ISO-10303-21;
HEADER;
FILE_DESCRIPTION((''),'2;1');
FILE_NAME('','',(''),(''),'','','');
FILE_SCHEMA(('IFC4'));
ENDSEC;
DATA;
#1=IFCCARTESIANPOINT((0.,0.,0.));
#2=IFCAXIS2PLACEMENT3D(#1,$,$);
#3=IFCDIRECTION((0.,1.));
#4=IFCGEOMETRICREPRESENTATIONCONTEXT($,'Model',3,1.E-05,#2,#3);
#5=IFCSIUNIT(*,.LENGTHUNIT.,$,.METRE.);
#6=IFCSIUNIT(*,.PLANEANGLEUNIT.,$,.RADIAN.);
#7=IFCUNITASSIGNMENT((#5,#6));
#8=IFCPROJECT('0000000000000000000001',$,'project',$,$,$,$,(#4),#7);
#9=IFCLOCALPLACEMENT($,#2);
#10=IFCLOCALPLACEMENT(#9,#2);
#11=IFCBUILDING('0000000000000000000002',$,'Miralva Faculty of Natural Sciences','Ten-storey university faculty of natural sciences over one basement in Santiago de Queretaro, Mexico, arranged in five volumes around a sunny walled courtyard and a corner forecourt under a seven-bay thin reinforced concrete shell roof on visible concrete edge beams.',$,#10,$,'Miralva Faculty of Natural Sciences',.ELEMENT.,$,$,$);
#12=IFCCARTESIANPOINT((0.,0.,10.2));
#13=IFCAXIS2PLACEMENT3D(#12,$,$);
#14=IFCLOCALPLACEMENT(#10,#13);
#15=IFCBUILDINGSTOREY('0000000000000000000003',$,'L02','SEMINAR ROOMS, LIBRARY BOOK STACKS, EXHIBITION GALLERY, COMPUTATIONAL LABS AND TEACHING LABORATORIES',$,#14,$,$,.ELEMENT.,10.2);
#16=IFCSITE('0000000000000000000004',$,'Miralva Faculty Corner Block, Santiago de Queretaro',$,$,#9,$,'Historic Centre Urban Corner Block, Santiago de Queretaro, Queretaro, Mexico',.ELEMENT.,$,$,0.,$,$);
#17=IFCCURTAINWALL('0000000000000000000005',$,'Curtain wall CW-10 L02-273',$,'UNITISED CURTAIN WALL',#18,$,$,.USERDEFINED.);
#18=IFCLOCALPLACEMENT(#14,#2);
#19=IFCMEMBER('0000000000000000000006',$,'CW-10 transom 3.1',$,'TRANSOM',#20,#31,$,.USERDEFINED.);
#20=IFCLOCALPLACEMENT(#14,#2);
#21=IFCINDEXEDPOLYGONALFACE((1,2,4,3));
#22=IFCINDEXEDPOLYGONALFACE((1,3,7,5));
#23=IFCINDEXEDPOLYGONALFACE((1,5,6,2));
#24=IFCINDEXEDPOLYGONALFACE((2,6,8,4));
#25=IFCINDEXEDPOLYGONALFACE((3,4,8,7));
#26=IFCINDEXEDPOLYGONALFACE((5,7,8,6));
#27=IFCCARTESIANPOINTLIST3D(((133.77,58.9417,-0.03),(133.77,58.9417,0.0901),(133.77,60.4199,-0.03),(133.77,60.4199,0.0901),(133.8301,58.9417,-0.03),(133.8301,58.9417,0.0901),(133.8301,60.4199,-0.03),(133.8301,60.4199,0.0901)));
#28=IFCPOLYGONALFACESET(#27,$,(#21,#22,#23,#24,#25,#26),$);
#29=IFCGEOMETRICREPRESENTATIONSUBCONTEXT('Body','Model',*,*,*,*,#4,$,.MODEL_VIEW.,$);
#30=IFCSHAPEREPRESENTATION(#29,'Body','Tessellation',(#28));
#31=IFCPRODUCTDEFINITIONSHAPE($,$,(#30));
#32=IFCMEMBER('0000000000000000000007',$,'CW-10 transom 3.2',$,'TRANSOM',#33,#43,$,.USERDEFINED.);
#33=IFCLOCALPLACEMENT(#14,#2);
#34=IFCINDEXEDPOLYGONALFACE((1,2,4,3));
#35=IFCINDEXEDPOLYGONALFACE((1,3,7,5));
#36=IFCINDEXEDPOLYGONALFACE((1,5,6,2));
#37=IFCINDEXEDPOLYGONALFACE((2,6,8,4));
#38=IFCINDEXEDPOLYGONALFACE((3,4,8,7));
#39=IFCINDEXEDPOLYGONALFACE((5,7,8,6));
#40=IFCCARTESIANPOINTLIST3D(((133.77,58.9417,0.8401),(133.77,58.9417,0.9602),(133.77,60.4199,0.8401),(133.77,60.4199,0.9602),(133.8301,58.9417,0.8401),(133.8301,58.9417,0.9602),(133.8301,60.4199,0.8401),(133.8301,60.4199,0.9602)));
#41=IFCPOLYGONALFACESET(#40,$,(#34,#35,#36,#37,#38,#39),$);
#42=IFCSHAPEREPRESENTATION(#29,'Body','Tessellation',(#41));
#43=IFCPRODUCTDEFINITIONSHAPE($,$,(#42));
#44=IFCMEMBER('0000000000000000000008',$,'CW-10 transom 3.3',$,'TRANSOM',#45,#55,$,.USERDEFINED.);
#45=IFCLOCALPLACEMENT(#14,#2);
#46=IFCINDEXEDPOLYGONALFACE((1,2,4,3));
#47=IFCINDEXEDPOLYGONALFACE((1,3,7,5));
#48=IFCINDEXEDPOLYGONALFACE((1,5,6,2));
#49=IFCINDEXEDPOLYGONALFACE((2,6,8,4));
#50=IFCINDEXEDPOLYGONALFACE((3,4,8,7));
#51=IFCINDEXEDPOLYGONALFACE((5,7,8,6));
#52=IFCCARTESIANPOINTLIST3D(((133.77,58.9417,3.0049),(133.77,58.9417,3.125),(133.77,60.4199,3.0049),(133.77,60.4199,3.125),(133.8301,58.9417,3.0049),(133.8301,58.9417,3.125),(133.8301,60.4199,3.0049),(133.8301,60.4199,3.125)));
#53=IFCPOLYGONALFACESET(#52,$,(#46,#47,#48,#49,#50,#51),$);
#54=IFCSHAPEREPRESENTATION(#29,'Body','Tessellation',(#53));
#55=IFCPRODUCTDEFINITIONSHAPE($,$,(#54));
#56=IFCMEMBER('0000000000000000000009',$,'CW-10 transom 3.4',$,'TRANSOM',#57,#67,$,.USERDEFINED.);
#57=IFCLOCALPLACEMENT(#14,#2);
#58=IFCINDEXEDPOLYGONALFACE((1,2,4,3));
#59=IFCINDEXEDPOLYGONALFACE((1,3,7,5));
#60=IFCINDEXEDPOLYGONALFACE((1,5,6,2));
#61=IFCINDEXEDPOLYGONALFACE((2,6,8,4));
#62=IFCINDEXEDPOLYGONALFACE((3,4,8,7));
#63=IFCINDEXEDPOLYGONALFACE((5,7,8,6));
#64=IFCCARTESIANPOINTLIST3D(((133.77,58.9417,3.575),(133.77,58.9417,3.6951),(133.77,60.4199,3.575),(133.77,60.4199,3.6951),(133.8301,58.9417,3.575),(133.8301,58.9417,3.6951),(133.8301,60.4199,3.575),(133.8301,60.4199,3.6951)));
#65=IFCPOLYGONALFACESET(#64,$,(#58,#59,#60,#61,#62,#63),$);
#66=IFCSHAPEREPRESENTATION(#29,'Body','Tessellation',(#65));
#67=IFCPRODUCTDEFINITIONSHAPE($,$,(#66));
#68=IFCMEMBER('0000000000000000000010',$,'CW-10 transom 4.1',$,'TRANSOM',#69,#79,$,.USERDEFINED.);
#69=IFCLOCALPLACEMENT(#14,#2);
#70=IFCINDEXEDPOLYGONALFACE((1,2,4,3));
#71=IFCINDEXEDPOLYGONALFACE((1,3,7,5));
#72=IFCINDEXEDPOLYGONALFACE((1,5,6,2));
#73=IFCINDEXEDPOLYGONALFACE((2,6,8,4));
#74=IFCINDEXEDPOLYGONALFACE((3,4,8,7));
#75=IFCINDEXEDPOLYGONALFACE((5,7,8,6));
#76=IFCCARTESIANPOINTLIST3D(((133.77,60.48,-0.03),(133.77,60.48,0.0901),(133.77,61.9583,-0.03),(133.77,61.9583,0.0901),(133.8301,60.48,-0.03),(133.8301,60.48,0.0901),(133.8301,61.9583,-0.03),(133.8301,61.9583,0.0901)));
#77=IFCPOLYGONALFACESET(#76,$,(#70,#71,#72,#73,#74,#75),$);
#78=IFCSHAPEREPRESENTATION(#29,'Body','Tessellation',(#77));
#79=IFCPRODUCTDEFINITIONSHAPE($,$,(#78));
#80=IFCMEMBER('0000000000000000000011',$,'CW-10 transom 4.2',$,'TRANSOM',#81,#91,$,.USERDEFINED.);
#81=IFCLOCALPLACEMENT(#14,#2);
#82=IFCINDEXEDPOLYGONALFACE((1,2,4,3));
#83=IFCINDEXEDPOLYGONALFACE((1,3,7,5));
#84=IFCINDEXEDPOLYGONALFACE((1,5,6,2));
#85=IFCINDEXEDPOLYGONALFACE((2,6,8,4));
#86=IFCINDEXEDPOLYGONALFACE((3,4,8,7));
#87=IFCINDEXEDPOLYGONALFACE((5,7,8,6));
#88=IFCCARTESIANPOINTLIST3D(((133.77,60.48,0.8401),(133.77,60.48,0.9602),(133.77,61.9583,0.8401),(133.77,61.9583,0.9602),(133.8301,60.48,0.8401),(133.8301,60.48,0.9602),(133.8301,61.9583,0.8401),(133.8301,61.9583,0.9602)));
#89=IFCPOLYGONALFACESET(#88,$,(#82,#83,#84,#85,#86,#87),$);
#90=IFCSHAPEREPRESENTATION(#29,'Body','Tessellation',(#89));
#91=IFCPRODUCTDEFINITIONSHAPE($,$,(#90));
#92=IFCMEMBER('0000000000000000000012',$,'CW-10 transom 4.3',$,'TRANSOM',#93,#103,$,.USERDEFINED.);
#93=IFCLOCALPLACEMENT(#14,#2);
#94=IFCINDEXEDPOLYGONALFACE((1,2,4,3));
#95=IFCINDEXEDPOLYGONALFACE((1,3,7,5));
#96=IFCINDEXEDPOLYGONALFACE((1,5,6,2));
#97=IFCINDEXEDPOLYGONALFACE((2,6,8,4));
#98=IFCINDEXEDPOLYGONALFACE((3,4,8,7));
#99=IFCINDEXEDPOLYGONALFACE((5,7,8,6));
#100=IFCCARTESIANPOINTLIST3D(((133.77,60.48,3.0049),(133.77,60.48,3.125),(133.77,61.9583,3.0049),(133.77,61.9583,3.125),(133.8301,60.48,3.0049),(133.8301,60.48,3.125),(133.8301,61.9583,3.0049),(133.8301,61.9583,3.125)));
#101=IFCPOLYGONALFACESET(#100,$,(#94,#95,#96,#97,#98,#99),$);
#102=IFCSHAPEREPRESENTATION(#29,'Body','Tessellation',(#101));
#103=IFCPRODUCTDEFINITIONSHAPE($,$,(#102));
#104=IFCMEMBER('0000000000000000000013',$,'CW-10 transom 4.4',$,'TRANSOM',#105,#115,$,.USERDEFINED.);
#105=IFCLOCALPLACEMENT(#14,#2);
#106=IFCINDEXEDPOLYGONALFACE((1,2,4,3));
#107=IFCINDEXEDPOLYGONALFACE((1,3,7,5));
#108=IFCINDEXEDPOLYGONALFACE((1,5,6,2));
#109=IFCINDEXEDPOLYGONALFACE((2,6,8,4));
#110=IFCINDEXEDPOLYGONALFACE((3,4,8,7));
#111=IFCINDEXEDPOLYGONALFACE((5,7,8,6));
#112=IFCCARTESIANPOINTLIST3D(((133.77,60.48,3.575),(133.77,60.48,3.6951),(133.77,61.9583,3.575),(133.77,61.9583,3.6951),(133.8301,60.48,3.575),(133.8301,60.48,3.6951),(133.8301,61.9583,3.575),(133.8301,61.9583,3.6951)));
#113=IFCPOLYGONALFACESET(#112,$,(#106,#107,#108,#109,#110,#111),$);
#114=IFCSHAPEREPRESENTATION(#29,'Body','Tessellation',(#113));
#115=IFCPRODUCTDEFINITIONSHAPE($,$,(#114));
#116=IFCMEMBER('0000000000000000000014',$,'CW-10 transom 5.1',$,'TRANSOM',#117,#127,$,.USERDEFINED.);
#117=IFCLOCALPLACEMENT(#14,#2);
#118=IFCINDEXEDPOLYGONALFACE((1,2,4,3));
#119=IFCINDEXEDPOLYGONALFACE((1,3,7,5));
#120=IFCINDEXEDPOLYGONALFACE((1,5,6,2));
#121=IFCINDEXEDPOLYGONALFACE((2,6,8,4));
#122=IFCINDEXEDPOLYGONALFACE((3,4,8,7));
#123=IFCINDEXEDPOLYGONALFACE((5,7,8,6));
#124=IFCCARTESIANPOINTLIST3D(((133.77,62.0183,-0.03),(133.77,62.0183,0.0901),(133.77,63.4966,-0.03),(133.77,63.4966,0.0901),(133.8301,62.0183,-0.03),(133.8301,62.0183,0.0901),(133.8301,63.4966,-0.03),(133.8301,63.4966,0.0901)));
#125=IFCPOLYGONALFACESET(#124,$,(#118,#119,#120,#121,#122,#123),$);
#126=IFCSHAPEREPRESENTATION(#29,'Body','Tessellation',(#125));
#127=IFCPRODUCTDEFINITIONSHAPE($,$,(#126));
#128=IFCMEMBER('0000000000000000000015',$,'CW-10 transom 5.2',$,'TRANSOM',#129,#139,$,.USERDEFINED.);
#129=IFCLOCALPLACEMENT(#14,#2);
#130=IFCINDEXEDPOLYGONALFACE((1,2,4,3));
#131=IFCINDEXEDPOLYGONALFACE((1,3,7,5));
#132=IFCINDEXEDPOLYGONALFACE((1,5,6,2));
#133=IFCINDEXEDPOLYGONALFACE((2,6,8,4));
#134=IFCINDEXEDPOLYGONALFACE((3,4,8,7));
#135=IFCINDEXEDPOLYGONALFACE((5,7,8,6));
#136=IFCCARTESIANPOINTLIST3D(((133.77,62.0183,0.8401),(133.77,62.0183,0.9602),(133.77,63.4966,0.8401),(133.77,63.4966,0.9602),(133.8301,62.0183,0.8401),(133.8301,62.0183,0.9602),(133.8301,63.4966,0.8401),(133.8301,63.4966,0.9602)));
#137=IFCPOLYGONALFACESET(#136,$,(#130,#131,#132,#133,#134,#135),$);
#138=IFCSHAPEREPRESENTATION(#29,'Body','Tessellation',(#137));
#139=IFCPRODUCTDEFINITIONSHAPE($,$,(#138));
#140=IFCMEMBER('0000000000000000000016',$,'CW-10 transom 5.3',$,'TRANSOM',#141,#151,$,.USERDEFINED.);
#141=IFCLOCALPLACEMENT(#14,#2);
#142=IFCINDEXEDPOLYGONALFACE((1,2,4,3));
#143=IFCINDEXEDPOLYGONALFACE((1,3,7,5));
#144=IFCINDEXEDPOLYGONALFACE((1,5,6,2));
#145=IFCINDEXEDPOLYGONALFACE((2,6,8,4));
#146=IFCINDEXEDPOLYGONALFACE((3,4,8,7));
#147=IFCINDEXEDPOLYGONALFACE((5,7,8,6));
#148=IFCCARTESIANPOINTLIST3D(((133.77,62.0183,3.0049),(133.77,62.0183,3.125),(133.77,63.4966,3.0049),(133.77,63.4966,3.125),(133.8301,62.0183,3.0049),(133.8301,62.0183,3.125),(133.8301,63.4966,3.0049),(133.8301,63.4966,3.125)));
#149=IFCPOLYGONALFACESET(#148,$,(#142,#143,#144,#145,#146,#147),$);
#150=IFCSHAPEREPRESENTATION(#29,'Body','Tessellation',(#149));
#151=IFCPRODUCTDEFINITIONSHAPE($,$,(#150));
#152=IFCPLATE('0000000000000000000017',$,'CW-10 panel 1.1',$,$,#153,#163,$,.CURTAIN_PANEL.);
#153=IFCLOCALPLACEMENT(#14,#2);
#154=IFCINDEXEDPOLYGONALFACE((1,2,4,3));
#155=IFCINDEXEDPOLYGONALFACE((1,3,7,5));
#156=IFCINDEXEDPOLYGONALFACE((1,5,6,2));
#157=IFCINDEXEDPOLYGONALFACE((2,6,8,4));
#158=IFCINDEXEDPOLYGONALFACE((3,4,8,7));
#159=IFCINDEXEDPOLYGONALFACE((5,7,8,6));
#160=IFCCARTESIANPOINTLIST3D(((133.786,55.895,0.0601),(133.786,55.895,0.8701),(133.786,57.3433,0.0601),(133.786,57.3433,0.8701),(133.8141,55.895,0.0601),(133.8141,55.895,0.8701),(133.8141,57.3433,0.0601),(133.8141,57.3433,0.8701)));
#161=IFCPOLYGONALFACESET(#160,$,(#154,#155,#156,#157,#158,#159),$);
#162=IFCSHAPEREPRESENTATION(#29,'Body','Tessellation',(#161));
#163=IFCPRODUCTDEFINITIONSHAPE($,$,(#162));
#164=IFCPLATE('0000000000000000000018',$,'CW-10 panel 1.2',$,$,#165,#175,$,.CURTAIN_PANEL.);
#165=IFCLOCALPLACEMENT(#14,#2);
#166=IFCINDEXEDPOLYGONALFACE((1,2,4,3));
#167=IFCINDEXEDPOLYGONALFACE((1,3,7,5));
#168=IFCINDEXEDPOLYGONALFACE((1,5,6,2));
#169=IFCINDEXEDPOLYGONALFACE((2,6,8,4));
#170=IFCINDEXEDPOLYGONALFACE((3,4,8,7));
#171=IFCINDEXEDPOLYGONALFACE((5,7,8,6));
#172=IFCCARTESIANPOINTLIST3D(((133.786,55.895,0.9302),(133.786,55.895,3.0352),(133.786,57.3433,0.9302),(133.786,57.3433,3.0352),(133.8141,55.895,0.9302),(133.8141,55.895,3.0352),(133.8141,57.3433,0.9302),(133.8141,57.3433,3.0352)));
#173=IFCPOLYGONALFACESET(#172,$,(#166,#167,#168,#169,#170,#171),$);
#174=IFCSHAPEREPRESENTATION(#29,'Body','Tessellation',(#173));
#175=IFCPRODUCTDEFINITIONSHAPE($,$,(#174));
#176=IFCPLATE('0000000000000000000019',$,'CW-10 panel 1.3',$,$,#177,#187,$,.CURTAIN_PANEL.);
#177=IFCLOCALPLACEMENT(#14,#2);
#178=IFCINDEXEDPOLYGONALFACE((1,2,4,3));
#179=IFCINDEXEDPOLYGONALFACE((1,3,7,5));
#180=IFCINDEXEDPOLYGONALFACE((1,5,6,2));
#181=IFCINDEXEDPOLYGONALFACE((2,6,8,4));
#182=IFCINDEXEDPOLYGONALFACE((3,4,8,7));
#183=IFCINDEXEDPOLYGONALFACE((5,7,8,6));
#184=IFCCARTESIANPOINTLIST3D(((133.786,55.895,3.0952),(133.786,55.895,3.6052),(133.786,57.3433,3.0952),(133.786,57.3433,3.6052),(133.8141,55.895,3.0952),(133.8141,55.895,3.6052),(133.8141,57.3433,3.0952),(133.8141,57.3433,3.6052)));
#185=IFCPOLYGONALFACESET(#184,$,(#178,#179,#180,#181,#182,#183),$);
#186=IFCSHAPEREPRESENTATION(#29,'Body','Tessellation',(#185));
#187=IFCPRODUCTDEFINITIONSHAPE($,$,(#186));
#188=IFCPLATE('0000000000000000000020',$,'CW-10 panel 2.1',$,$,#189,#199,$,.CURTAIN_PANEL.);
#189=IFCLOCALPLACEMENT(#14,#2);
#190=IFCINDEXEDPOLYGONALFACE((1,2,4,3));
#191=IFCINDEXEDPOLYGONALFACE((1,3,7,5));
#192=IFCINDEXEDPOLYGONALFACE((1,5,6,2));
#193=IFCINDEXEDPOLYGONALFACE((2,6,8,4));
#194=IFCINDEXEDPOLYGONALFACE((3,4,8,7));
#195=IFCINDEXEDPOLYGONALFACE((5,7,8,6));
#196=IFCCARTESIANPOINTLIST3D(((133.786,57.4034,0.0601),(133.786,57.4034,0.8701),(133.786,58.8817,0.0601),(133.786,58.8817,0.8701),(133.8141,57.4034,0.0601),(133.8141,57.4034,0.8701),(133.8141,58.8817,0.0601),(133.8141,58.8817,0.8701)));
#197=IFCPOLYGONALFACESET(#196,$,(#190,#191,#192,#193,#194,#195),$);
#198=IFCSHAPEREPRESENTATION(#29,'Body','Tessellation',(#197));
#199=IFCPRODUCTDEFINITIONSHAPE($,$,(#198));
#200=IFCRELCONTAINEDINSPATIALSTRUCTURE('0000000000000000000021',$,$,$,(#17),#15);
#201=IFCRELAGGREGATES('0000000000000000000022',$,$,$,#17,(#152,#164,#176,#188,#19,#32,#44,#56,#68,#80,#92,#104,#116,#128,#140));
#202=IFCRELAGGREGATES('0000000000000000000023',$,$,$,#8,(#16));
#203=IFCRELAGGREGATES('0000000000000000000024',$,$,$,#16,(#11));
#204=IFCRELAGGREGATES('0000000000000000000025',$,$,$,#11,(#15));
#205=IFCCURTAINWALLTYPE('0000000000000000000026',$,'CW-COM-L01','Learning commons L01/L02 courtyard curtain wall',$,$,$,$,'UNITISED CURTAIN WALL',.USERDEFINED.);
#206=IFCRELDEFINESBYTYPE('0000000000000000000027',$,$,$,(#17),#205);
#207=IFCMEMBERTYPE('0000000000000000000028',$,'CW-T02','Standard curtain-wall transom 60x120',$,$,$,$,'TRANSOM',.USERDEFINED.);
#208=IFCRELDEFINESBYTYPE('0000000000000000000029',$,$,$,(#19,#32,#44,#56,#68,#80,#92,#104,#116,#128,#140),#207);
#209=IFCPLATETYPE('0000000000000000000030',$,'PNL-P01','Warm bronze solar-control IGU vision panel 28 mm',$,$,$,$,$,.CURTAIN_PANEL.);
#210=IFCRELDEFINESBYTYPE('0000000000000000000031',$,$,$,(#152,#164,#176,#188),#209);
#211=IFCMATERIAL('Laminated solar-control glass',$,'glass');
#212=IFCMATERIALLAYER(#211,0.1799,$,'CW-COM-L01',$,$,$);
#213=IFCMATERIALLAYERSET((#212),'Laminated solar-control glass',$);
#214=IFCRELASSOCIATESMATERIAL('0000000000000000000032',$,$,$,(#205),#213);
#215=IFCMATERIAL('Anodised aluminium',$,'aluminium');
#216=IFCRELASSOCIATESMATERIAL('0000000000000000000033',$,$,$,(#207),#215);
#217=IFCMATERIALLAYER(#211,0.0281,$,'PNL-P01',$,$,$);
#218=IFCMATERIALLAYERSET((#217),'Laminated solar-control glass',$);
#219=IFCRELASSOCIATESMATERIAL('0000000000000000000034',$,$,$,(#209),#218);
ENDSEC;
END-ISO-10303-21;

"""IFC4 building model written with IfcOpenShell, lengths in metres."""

from ifc_helpers import new_model, si_unit, direction, frame, origin, origin_2d, place, context, subcontext, project, spatial, rectangle, extrude, material, layer, layer_set, material_profile, profile_set, type_object, element, aggregate, save


model = new_model("IFC4")

# Units and contexts
model_context = context("Model", 3, precision=1e-05, world=origin(), true_north=direction((0.0, 1.0)))
body_context = subcontext(model_context, "Body", "Model", "MODEL_VIEW")
ifc_project = project(units=[si_unit("LENGTHUNIT", "METRE"), si_unit("PLANEANGLEUNIT", "RADIAN")], contexts=[model_context])

# Site, building, storey
site_placement = place(None, origin())
site = spatial("IfcSite", under=ifc_project, at=site_placement, Name="Miralva Faculty Corner Block, Santiago de Queretaro", LongName="Historic Centre Urban Corner Block, Santiago de Queretaro, Queretaro, Mexico", CompositionType="ELEMENT", RefElevation=0.0)
building_placement = place(site_placement, origin())
building = spatial("IfcBuilding", under=site, at=building_placement, Name="Miralva Faculty of Natural Sciences", Description="Ten-storey university faculty of natural sciences over one basement in Santiago de Queretaro, Mexico, arranged in five volumes around a sunny walled courtyard and a corner forecourt under a seven-bay thin reinforced concrete shell roof on visible concrete edge beams.", LongName="Miralva Faculty of Natural Sciences", CompositionType="ELEMENT")
storey_placement = place(building_placement, frame((0.0, 0.0, 10.2)))
storey = spatial("IfcBuildingStorey", under=building, at=storey_placement, Name="L02", Description="SEMINAR ROOMS, LIBRARY BOOK STACKS, EXHIBITION GALLERY, COMPUTATIONAL LABS AND TEACHING LABORATORIES", CompositionType="ELEMENT", Elevation=10.2)

# Curtain wall, members, plates
ifc_material_1 = material(Name="Laminated solar-control glass", Category="glass")
ifc_layer_1 = layer(ifc_material_1, 0.1799, Name="CW-COM-L01")
ifc_layer_set_1 = layer_set([ifc_layer_1], Name="Laminated solar-control glass")
curtain_wall_type = type_object("IfcCurtainWallType", Name="CW-COM-L01", Description="Learning commons L01/L02 courtyard curtain wall", ElementType="UNITISED CURTAIN WALL", PredefinedType="USERDEFINED", material=ifc_layer_set_1)
curtain_wall_placement = place(storey_placement, origin())
curtain_wall = element("IfcCurtainWall", 1, at=curtain_wall_placement, inside=storey, type_object=curtain_wall_type, Name="Curtain wall CW-10 L02-273", ObjectType="UNITISED CURTAIN WALL", PredefinedType="USERDEFINED")
ifc_material_2 = material(Name="Anodised aluminium", Category="aluminium")
ifc_material_profile_1 = material_profile(ifc_material_2, rectangle(XDim=0.0601, YDim=0.1201, at=origin_2d()), Name="TRANSOM 60x120")
ifc_profile_set_1 = profile_set([ifc_material_profile_1], Name="Anodised aluminium")
member_type_1 = type_object("IfcMemberType", Name="CW-T02", Description="Standard curtain-wall transom 60x120", ElementType="TRANSOM", PredefinedType="USERDEFINED", material=ifc_profile_set_1)
member_1_placement = place(storey_placement, frame((133.8, 58.9417, 0.03), z_axis=(0.0, 1.0, 0.0), x_axis=(-1.0, 0.0, 0.0)))
member_1 = element("IfcMember", 2, at=member_1_placement, type_object=member_type_1, Name="CW-10 transom 3.1", ObjectType="TRANSOM", PredefinedType="USERDEFINED", context=body_context, shape_type="SweptSolid", body=[
    extrude(rectangle(XDim=0.0601, YDim=0.1201, at=origin_2d()), origin(), (0.0, 0.0, 1.0), 1.4783),
])
member_2_placement = place(storey_placement, frame((133.8, 58.9417, 0.9001), z_axis=(0.0, 1.0, 0.0), x_axis=(-1.0, 0.0, 0.0)))
member_2 = element("IfcMember", 3, at=member_2_placement, type_object=member_type_1, Name="CW-10 transom 3.2", ObjectType="TRANSOM", PredefinedType="USERDEFINED", context=body_context, shape_type="SweptSolid", body=[
    extrude(rectangle(XDim=0.0601, YDim=0.1201, at=origin_2d()), origin(), (0.0, 0.0, 1.0), 1.4783),
])
member_3_placement = place(storey_placement, frame((133.8, 58.9417, 3.0649), z_axis=(0.0, 1.0, 0.0), x_axis=(-1.0, 0.0, 0.0)))
member_3 = element("IfcMember", 4, at=member_3_placement, type_object=member_type_1, Name="CW-10 transom 3.3", ObjectType="TRANSOM", PredefinedType="USERDEFINED", context=body_context, shape_type="SweptSolid", body=[
    extrude(rectangle(XDim=0.0601, YDim=0.1201, at=origin_2d()), origin(), (0.0, 0.0, 1.0), 1.4783),
])
member_4_placement = place(storey_placement, frame((133.8, 58.9417, 3.635), z_axis=(0.0, 1.0, 0.0), x_axis=(-1.0, 0.0, 0.0)))
member_4 = element("IfcMember", 5, at=member_4_placement, type_object=member_type_1, Name="CW-10 transom 3.4", ObjectType="TRANSOM", PredefinedType="USERDEFINED", context=body_context, shape_type="SweptSolid", body=[
    extrude(rectangle(XDim=0.0601, YDim=0.1201, at=origin_2d()), origin(), (0.0, 0.0, 1.0), 1.4783),
])
member_5_placement = place(storey_placement, frame((133.8, 60.48, 0.03), z_axis=(0.0, 1.0, 0.0), x_axis=(-1.0, 0.0, 0.0)))
member_5 = element("IfcMember", 6, at=member_5_placement, type_object=member_type_1, Name="CW-10 transom 4.1", ObjectType="TRANSOM", PredefinedType="USERDEFINED", context=body_context, shape_type="SweptSolid", body=[
    extrude(rectangle(XDim=0.0601, YDim=0.1201, at=origin_2d()), origin(), (0.0, 0.0, 1.0), 1.4783),
])
member_6_placement = place(storey_placement, frame((133.8, 60.48, 0.9001), z_axis=(0.0, 1.0, 0.0), x_axis=(-1.0, 0.0, 0.0)))
member_6 = element("IfcMember", 7, at=member_6_placement, type_object=member_type_1, Name="CW-10 transom 4.2", ObjectType="TRANSOM", PredefinedType="USERDEFINED", context=body_context, shape_type="SweptSolid", body=[
    extrude(rectangle(XDim=0.0601, YDim=0.1201, at=origin_2d()), origin(), (0.0, 0.0, 1.0), 1.4783),
])
member_7_placement = place(storey_placement, frame((133.8, 60.48, 3.0649), z_axis=(0.0, 1.0, 0.0), x_axis=(-1.0, 0.0, 0.0)))
member_7 = element("IfcMember", 8, at=member_7_placement, type_object=member_type_1, Name="CW-10 transom 4.3", ObjectType="TRANSOM", PredefinedType="USERDEFINED", context=body_context, shape_type="SweptSolid", body=[
    extrude(rectangle(XDim=0.0601, YDim=0.1201, at=origin_2d()), origin(), (0.0, 0.0, 1.0), 1.4783),
])
member_8_placement = place(storey_placement, frame((133.8, 60.48, 3.635), z_axis=(0.0, 1.0, 0.0), x_axis=(-1.0, 0.0, 0.0)))
member_8 = element("IfcMember", 9, at=member_8_placement, type_object=member_type_1, Name="CW-10 transom 4.4", ObjectType="TRANSOM", PredefinedType="USERDEFINED", context=body_context, shape_type="SweptSolid", body=[
    extrude(rectangle(XDim=0.0601, YDim=0.1201, at=origin_2d()), origin(), (0.0, 0.0, 1.0), 1.4783),
])
member_9_placement = place(storey_placement, frame((133.8, 62.0183, 0.03), z_axis=(0.0, 1.0, 0.0), x_axis=(-1.0, 0.0, 0.0)))
member_9 = element("IfcMember", 10, at=member_9_placement, type_object=member_type_1, Name="CW-10 transom 5.1", ObjectType="TRANSOM", PredefinedType="USERDEFINED", context=body_context, shape_type="SweptSolid", body=[
    extrude(rectangle(XDim=0.0601, YDim=0.1201, at=origin_2d()), origin(), (0.0, 0.0, 1.0), 1.4783),
])
member_10_placement = place(storey_placement, frame((133.8, 62.0183, 0.9001), z_axis=(0.0, 1.0, 0.0), x_axis=(-1.0, 0.0, 0.0)))
member_10 = element("IfcMember", 11, at=member_10_placement, type_object=member_type_1, Name="CW-10 transom 5.2", ObjectType="TRANSOM", PredefinedType="USERDEFINED", context=body_context, shape_type="SweptSolid", body=[
    extrude(rectangle(XDim=0.0601, YDim=0.1201, at=origin_2d()), origin(), (0.0, 0.0, 1.0), 1.4783),
])
member_11_placement = place(storey_placement, frame((133.8, 62.0183, 3.0649), z_axis=(0.0, 1.0, 0.0), x_axis=(-1.0, 0.0, 0.0)))
member_11 = element("IfcMember", 12, at=member_11_placement, type_object=member_type_1, Name="CW-10 transom 5.3", ObjectType="TRANSOM", PredefinedType="USERDEFINED", context=body_context, shape_type="SweptSolid", body=[
    extrude(rectangle(XDim=0.0601, YDim=0.1201, at=origin_2d()), origin(), (0.0, 0.0, 1.0), 1.4783),
])
ifc_layer_2 = layer(ifc_material_1, 0.0281, Name="PNL-P01")
ifc_layer_set_2 = layer_set([ifc_layer_2], Name="Laminated solar-control glass")
plate_type = type_object("IfcPlateType", Name="PNL-P01", Description="Warm bronze solar-control IGU vision panel 28 mm", PredefinedType="CURTAIN_PANEL", material=ifc_layer_set_2)
plate_1_placement = place(storey_placement, frame((133.8, 56.6191, 0.0601), z_axis=(0.0, 0.0, 1.0), x_axis=(0.0, 1.0, 0.0)))
plate_1 = element("IfcPlate", 13, at=plate_1_placement, type_object=plate_type, Name="CW-10 panel 1.1", PredefinedType="CURTAIN_PANEL", context=body_context, shape_type="SweptSolid", body=[
    extrude(rectangle(XDim=1.4482, YDim=0.0281, at=origin_2d()), origin(), (0.0, 0.0, 1.0), 0.8101),
])
plate_2_placement = place(storey_placement, frame((133.8, 56.6191, 0.9302), z_axis=(0.0, 0.0, 1.0), x_axis=(0.0, 1.0, 0.0)))
plate_2 = element("IfcPlate", 14, at=plate_2_placement, type_object=plate_type, Name="CW-10 panel 1.2", PredefinedType="CURTAIN_PANEL", context=body_context, shape_type="SweptSolid", body=[
    extrude(rectangle(XDim=1.4482, YDim=0.0281, at=origin_2d()), origin(), (0.0, 0.0, 1.0), 2.105),
])
plate_3_placement = place(storey_placement, frame((133.8, 56.6191, 3.0952), z_axis=(0.0, 0.0, 1.0), x_axis=(0.0, 1.0, 0.0)))
plate_3 = element("IfcPlate", 15, at=plate_3_placement, type_object=plate_type, Name="CW-10 panel 1.3", PredefinedType="CURTAIN_PANEL", context=body_context, shape_type="SweptSolid", body=[
    extrude(rectangle(XDim=1.4482, YDim=0.0281, at=origin_2d()), origin(), (0.0, 0.0, 1.0), 0.51),
])
plate_4_placement = place(storey_placement, frame((133.8, 58.1426, 0.0601), z_axis=(0.0, 0.0, 1.0), x_axis=(0.0, 1.0, 0.0)))
plate_4 = element("IfcPlate", 16, at=plate_4_placement, type_object=plate_type, Name="CW-10 panel 2.1", PredefinedType="CURTAIN_PANEL", context=body_context, shape_type="SweptSolid", body=[
    extrude(rectangle(XDim=1.4783, YDim=0.0281, at=origin_2d()), origin(), (0.0, 0.0, 1.0), 0.8101),
])
aggregate(curtain_wall, [plate_1, plate_2, plate_3, plate_4, member_1, member_2, member_3, member_4, member_5, member_6, member_7, member_8, member_9, member_10, member_11])

save(model, "model.ifc")
